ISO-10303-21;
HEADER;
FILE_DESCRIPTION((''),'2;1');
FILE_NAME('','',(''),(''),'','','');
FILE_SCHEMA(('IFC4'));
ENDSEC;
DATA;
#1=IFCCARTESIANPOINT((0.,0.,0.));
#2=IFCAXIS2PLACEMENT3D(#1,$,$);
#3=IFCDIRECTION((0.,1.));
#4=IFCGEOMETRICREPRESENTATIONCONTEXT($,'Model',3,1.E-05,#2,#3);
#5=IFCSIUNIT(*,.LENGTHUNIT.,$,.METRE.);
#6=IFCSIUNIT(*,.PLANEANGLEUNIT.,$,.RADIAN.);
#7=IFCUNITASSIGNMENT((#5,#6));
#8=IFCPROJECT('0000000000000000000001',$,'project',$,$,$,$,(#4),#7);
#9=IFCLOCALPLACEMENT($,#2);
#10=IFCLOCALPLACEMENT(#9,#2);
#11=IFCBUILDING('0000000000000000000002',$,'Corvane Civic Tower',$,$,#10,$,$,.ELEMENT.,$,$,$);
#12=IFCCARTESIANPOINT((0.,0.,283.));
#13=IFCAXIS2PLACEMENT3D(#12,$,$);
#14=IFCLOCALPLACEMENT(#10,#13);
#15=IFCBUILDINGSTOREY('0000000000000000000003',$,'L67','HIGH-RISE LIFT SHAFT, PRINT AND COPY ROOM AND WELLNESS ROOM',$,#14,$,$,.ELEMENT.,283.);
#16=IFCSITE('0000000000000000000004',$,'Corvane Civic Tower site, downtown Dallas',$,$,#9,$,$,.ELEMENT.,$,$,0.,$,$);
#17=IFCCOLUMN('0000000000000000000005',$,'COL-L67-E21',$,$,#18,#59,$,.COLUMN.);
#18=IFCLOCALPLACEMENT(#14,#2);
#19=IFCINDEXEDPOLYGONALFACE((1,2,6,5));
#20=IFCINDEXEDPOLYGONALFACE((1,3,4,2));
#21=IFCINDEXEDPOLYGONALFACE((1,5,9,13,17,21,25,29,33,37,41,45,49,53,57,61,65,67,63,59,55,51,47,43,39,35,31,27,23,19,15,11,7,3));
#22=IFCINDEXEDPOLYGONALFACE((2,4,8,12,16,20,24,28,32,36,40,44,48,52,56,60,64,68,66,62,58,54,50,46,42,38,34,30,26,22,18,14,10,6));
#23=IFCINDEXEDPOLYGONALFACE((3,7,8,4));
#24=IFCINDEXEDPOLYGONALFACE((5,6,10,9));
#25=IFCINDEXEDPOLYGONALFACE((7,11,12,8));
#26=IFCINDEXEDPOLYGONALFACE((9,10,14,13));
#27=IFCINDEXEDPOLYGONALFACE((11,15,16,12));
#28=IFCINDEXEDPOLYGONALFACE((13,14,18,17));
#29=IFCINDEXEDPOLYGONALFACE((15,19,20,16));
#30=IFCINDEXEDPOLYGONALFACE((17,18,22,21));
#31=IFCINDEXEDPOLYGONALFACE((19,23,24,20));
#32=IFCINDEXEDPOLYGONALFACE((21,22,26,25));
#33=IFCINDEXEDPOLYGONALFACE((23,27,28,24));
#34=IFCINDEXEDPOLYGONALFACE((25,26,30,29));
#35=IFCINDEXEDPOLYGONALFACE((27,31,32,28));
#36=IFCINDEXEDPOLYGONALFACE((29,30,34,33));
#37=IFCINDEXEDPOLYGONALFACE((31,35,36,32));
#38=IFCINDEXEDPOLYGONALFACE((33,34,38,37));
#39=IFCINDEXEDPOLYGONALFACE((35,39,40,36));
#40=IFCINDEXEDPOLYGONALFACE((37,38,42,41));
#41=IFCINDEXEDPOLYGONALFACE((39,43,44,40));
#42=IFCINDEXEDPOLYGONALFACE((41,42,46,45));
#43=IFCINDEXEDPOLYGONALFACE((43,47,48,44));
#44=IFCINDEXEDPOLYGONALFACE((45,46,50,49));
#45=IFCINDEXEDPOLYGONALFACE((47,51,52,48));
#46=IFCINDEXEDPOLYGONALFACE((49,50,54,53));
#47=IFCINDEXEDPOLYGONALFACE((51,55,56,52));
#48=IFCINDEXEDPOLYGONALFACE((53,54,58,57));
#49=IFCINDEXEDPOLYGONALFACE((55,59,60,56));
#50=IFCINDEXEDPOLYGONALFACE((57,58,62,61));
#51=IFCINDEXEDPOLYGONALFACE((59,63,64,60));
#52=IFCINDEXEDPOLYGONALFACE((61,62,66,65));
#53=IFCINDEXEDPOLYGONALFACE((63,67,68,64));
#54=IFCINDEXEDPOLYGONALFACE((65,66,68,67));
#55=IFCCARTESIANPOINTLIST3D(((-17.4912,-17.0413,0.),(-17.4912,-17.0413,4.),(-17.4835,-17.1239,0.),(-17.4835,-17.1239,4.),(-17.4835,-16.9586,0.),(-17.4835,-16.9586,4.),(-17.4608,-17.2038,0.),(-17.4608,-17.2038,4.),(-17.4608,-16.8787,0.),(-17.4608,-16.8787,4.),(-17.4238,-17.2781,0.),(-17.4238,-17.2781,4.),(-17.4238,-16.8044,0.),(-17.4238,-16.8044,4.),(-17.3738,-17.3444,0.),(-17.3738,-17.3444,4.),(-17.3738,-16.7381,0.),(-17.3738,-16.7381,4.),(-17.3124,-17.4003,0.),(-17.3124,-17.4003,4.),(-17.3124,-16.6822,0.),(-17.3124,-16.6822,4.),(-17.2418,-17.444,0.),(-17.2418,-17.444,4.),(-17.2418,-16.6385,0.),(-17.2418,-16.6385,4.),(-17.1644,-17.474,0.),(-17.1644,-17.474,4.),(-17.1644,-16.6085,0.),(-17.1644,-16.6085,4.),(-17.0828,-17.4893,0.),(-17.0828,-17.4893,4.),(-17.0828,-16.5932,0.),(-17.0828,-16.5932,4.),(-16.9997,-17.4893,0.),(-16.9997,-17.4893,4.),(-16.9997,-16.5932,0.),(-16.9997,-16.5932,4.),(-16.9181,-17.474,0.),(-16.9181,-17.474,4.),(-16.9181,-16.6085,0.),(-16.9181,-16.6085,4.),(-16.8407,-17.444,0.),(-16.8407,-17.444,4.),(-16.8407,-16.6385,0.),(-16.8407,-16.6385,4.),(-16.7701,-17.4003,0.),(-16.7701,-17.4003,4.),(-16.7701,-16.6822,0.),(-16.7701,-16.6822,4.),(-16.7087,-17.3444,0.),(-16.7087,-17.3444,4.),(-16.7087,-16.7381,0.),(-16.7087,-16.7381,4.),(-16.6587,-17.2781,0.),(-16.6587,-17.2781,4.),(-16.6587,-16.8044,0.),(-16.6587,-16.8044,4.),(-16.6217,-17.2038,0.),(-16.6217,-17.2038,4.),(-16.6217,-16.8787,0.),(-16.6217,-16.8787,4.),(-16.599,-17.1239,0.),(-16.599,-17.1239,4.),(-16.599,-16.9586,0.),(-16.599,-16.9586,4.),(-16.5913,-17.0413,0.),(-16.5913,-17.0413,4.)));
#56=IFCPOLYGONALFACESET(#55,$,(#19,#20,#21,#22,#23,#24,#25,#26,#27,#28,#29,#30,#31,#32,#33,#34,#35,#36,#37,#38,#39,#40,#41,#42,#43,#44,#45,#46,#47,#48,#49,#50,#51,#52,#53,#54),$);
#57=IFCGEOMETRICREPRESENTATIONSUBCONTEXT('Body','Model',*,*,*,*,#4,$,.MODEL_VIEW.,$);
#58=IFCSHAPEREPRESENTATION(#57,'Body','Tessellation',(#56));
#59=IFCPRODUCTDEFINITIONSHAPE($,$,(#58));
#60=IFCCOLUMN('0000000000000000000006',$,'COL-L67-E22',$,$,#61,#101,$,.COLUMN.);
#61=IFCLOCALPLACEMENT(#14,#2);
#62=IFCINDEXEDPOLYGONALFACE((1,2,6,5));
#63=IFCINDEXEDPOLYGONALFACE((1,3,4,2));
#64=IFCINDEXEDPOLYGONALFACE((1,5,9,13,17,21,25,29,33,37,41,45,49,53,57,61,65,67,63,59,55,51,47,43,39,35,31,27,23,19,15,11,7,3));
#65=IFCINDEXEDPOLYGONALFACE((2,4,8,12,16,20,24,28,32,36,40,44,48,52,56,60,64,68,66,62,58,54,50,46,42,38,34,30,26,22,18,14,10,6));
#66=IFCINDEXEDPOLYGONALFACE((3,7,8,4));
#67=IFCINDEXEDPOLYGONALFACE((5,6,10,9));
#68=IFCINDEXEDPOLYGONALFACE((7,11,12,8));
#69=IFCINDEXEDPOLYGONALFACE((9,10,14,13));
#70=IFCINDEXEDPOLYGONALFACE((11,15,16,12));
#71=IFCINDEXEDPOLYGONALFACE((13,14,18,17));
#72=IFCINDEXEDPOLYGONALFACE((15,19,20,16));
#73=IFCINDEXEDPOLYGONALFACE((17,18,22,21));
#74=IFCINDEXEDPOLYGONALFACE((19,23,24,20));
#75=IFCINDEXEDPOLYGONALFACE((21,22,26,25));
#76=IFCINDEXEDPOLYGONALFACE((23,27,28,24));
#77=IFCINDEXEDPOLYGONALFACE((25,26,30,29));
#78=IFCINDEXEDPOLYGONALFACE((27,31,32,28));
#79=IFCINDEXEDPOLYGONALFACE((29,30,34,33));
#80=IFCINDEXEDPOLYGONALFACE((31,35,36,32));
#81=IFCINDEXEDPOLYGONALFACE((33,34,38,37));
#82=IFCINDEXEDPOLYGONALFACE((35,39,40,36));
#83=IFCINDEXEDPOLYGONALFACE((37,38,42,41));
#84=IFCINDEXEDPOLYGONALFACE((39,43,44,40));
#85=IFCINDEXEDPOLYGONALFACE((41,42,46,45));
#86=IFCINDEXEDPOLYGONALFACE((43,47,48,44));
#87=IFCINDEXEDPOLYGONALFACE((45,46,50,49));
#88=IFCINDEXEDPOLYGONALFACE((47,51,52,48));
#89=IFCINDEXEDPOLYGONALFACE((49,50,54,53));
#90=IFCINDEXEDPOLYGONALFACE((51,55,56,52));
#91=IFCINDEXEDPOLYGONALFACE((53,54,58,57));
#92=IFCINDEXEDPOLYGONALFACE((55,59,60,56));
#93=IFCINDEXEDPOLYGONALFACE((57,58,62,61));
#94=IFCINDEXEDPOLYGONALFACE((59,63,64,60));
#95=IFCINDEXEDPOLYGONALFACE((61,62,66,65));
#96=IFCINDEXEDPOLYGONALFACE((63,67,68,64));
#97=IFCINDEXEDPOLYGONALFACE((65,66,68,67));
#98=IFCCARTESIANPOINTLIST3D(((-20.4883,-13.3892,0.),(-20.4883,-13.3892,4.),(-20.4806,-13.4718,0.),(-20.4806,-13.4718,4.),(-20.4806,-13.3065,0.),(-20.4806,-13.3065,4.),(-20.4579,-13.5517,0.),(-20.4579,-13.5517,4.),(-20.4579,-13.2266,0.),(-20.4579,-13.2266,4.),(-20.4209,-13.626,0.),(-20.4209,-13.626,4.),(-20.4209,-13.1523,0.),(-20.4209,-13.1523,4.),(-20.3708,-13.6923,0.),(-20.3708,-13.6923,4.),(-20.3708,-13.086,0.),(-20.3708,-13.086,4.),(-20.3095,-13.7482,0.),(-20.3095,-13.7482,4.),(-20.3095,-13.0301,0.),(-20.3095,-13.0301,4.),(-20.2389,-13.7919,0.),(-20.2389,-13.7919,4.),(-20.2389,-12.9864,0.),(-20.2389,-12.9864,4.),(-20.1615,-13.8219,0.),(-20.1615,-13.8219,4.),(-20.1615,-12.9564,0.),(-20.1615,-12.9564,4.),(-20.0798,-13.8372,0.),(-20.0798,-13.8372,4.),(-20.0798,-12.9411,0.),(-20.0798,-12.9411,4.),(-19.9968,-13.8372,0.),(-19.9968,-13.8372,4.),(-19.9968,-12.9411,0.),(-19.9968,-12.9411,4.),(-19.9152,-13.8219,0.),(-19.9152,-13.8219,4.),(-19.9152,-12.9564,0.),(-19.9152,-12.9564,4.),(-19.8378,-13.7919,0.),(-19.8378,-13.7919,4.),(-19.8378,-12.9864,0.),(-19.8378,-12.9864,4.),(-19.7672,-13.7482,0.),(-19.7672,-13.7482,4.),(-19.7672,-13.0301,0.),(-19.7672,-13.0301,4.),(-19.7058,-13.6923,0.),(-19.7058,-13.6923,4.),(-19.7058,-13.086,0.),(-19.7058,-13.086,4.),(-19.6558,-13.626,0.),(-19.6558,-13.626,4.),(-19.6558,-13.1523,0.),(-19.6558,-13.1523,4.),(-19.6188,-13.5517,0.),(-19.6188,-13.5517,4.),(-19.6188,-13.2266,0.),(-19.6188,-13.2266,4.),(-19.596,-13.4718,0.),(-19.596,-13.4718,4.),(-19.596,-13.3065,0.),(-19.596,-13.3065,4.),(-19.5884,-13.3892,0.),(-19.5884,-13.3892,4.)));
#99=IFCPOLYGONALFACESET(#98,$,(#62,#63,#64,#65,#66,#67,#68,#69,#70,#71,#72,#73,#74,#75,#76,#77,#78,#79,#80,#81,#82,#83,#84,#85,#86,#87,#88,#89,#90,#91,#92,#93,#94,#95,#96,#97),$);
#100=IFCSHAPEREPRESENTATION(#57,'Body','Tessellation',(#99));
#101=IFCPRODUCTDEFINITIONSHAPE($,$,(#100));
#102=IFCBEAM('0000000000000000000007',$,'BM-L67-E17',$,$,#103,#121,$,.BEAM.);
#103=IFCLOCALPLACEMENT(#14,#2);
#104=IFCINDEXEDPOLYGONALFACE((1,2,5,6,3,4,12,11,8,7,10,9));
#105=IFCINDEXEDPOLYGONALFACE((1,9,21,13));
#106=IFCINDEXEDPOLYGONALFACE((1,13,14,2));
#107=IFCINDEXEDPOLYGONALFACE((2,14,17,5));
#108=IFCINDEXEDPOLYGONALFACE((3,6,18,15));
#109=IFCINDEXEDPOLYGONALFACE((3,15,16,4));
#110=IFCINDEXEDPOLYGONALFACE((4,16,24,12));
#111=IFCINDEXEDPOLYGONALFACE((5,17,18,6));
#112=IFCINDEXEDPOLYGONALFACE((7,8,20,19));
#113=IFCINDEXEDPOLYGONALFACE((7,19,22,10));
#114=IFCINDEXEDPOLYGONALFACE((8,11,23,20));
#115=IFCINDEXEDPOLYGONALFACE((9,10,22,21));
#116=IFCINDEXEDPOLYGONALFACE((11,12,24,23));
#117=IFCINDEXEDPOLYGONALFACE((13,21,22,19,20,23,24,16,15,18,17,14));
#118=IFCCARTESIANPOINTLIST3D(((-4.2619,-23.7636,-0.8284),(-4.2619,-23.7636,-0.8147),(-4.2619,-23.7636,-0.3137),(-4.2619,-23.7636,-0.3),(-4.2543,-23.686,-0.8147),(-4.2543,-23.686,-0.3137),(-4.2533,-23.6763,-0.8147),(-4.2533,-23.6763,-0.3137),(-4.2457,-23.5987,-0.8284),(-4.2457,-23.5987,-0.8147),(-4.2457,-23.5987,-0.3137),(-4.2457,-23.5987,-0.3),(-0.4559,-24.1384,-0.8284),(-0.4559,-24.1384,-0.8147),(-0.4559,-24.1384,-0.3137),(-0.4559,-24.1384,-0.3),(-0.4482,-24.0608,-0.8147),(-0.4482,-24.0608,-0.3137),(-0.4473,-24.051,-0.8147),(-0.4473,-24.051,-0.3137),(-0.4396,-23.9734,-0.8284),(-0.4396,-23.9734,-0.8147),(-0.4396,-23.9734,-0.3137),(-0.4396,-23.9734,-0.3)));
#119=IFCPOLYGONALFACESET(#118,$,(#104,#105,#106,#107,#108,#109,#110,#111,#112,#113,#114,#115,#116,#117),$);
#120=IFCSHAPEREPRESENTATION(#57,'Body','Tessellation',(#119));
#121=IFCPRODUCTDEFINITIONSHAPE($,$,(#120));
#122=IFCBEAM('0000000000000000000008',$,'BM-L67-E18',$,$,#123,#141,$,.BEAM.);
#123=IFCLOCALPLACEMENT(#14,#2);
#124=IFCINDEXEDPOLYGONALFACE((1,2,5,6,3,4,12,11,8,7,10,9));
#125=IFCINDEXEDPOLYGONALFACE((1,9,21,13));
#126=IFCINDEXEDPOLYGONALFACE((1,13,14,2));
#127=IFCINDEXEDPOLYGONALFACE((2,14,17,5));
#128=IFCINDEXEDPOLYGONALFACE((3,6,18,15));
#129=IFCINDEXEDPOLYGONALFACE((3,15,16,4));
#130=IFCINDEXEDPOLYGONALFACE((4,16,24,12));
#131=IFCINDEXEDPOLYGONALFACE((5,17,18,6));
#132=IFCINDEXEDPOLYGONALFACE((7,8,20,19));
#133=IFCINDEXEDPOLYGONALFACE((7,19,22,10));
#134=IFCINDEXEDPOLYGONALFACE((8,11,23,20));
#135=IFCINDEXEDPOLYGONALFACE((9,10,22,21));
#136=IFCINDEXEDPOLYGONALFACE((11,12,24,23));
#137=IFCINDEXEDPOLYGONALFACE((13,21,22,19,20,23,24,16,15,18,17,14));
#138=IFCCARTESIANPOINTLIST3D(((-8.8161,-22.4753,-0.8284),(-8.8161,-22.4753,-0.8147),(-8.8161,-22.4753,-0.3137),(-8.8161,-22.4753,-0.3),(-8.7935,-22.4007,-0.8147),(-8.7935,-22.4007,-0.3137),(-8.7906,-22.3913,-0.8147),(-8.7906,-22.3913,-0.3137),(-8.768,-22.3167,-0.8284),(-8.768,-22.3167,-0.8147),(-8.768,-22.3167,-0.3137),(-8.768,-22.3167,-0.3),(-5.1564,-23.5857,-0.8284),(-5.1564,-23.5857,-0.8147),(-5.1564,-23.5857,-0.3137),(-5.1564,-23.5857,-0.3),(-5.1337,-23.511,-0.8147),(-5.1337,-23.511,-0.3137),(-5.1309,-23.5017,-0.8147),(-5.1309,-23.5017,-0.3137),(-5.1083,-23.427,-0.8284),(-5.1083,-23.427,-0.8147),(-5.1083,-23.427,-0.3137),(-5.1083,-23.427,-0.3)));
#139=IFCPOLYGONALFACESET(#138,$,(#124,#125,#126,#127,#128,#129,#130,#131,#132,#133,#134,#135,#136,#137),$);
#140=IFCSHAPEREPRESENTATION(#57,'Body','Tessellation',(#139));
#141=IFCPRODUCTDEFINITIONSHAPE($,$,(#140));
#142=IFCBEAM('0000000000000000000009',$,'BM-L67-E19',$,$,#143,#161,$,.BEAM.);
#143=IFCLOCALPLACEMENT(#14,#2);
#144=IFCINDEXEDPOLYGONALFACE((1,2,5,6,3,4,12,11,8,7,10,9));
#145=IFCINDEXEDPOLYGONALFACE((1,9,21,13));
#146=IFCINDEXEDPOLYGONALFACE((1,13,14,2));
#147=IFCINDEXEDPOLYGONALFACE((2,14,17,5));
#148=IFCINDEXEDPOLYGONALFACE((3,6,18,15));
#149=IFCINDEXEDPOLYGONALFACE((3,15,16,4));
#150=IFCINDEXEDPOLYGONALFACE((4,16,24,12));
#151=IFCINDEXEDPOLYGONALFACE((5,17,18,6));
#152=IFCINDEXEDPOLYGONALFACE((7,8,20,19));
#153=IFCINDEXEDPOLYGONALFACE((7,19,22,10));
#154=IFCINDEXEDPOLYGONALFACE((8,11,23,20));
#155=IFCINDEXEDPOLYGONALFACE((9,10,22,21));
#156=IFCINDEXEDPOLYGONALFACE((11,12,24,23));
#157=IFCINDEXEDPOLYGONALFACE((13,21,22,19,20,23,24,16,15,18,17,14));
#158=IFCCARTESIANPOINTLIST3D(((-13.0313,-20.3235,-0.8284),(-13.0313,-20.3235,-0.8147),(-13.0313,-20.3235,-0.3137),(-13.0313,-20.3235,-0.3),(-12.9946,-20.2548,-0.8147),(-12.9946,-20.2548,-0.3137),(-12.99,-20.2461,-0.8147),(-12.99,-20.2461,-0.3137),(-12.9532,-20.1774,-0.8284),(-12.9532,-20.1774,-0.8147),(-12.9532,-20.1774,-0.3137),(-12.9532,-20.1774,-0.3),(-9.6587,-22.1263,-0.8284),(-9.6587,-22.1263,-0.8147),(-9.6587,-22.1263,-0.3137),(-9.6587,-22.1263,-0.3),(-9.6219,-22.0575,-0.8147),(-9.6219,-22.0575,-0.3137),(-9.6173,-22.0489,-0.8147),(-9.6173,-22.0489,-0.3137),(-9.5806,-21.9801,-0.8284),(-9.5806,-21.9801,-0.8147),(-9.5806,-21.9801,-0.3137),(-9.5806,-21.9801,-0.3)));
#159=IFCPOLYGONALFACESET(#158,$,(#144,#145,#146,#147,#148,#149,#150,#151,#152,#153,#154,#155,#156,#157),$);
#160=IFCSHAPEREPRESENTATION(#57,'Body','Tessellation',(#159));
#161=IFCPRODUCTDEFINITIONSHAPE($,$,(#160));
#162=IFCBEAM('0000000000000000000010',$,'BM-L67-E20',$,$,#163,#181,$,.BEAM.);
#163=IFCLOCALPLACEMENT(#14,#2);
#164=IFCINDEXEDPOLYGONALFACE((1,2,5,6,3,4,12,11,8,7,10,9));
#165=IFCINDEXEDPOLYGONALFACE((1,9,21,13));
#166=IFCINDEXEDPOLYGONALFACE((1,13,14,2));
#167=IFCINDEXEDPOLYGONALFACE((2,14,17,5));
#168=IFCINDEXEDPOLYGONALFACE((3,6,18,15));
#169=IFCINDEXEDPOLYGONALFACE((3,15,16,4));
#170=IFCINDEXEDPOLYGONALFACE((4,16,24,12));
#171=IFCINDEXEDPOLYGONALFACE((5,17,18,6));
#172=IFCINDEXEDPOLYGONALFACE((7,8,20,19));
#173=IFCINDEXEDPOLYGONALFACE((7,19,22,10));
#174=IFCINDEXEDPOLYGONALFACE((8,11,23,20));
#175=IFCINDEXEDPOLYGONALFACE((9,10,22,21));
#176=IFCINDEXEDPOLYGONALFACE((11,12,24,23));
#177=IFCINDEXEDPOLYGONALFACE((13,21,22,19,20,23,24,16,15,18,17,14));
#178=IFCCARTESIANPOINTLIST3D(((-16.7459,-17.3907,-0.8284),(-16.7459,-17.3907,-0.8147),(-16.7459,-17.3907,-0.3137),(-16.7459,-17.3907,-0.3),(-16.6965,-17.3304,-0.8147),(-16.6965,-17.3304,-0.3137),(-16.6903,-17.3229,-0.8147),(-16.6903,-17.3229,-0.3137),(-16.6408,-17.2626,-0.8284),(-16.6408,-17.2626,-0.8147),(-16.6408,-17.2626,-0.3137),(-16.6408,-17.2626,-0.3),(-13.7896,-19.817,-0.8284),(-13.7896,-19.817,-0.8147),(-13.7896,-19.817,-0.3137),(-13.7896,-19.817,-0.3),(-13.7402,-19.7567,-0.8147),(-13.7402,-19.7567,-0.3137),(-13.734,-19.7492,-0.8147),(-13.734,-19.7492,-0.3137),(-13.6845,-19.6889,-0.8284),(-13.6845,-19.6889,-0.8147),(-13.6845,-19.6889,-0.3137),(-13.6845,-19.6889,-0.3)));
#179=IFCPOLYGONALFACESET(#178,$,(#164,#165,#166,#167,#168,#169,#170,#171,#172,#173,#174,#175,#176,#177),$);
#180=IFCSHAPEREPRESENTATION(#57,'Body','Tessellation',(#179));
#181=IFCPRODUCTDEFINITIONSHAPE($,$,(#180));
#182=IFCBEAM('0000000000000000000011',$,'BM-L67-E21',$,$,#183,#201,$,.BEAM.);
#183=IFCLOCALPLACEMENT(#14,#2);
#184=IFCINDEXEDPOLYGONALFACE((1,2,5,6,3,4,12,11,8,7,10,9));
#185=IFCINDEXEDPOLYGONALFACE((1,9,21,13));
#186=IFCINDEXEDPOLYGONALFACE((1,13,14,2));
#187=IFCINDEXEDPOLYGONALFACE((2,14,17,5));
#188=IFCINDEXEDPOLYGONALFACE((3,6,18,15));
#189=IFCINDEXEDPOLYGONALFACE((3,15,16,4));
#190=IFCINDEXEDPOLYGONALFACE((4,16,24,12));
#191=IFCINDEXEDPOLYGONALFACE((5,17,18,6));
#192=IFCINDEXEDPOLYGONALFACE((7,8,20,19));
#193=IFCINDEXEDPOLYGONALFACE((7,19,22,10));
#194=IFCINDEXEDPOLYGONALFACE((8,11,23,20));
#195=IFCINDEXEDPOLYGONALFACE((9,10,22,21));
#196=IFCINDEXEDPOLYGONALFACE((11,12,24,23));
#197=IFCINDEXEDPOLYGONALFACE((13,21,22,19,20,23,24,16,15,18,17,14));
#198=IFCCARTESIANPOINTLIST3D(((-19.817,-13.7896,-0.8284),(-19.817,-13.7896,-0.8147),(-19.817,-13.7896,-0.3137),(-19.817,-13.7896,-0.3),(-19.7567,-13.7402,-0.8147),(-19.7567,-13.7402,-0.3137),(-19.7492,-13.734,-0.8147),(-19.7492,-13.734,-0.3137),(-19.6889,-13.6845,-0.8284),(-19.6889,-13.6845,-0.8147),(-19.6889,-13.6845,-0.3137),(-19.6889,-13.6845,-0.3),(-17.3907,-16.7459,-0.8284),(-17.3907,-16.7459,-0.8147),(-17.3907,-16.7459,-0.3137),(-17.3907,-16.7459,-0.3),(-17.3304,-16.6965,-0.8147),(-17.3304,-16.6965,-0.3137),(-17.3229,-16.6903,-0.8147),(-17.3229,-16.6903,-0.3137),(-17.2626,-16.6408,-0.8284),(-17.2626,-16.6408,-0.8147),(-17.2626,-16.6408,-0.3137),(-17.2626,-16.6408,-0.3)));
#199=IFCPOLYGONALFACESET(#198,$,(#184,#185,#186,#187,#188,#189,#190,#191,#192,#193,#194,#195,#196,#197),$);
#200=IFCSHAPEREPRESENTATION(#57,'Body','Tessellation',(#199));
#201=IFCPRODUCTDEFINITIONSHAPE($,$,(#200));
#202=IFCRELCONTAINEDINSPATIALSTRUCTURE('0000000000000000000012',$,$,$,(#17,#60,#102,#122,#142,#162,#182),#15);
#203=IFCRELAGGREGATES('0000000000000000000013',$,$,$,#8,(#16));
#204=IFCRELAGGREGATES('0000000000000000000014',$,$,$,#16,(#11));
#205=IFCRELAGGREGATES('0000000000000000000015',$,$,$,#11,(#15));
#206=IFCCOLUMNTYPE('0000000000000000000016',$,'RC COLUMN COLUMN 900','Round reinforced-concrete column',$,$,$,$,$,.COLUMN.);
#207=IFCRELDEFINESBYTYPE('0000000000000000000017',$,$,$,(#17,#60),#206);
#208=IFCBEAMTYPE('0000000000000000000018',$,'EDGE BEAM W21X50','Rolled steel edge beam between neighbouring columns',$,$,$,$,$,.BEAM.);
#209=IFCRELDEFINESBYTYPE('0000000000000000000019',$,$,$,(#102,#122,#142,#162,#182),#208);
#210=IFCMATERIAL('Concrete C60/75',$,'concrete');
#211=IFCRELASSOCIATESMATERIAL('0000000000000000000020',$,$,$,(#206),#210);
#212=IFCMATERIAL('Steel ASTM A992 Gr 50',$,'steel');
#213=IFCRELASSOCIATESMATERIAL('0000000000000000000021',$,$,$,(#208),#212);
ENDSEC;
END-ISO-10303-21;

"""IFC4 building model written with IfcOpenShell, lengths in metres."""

from ifc_helpers import new_model, si_unit, direction, frame, origin, origin_2d, place, context, subcontext, project, spatial, circle, i_section, extrude, material, material_profile, profile_set, type_object, element, save


model = new_model("IFC4")

# Units and contexts
model_context = context("Model", 3, precision=1e-05, world=origin(), true_north=direction((0.0, 1.0)))
body_context = subcontext(model_context, "Body", "Model", "MODEL_VIEW")
ifc_project = project(units=[si_unit("LENGTHUNIT", "METRE"), si_unit("PLANEANGLEUNIT", "RADIAN")], contexts=[model_context])

# Site, building, storey
site_placement = place(None, origin())
site = spatial("IfcSite", under=ifc_project, at=site_placement, Name="Corvane Civic Tower site, downtown Dallas", CompositionType="ELEMENT", RefElevation=0.0)
building_placement = place(site_placement, origin())
building = spatial("IfcBuilding", under=site, at=building_placement, Name="Corvane Civic Tower", CompositionType="ELEMENT")
storey_placement = place(building_placement, frame((0.0, 0.0, 283.0)))
storey = spatial("IfcBuildingStorey", under=building, at=storey_placement, Name="L67", Description="HIGH-RISE LIFT SHAFT, PRINT AND COPY ROOM AND WELLNESS ROOM", CompositionType="ELEMENT", Elevation=283.0)

# Columns
ifc_material_1 = material(Name="Concrete C60/75", Category="concrete")
ifc_material_profile_1 = material_profile(ifc_material_1, circle(Radius=0.45, at=origin_2d()), Name="COLUMN 900")
ifc_profile_set_1 = profile_set([ifc_material_profile_1], Name="Concrete C60/75")
column_type = type_object("IfcColumnType", Name="RC COLUMN COLUMN 900", Description="Round reinforced-concrete column", PredefinedType="COLUMN", material=ifc_profile_set_1)
for number, where, z_axis, x_axis, name in (
    (1, (-17.0413, -17.0413, 0.0), (0.0, 0.0, 1.0), (1.0, 0.0, 0.0), "COL-L67-E21"),
    (2, (-20.0383, -13.3892, 0.0), (0.0, 0.0, 1.0), (1.0, 0.0, 0.0), "COL-L67-E22"),
):
    element("IfcColumn", number, at=place(storey_placement, frame(where, z_axis=z_axis, x_axis=x_axis)), inside=storey, type_object=column_type, Name=name, PredefinedType="COLUMN", context=body_context, shape_type="SweptSolid", body=[
        extrude(circle(Radius=0.45, at=origin_2d()), origin(), (0.0, 0.0, 1.0), 4.0),
    ])

# Beams
ifc_material_2 = material(Name="Steel ASTM A992 Gr 50", Category="steel")
ifc_material_profile_2 = material_profile(ifc_material_2, i_section(OverallWidth=0.1658, OverallDepth=0.5283, WebThickness=0.0098, FlangeThickness=0.0137, at=origin_2d()), Name="W21X50")
ifc_profile_set_2 = profile_set([ifc_material_profile_2], Name="Steel ASTM A992 Gr 50")
beam_type_1 = type_object("IfcBeamType", Name="EDGE BEAM W21X50", Description="Rolled steel edge beam between neighbouring columns", PredefinedType="BEAM", material=ifc_profile_set_2)
for number, where, z_axis, x_axis, name in (
    (3, (-0.4478, -24.0559, -0.5642), (-0.995188, 0.097987, 0.0), (-0.097987, -0.995188, 0.0), "BM-L67-E17"),
    (4, (-5.1323, -23.5063, -0.5642), (-0.956926, 0.290333, 0.0), (-0.290333, -0.956926, 0.0), "BM-L67-E18"),
):
    element("IfcBeam", number, at=place(storey_placement, frame(where, z_axis=z_axis, x_axis=x_axis)), inside=storey, type_object=beam_type_1, Name=name, PredefinedType="BEAM", context=body_context, shape_type="SweptSolid", body=[
        extrude(i_section(OverallWidth=0.1658, OverallDepth=0.5283, WebThickness=0.0098, FlangeThickness=0.0137, at=origin_2d()), origin(), (0.0, 0.0, 1.0), 3.8245),
    ])
beam_1_placement = place(storey_placement, frame((-9.6196, -22.0532, -0.5642), z_axis=(-0.881914, 0.47141, 0.0), x_axis=(-0.47141, -0.881914, 0.0)))
element("IfcBeam", 5, at=beam_1_placement, inside=storey, type_object=beam_type_1, Name="BM-L67-E19", PredefinedType="BEAM", context=body_context, shape_type="SweptSolid", body=[
    extrude(i_section(OverallWidth=0.1658, OverallDepth=0.5283, WebThickness=0.0098, FlangeThickness=0.0137, at=origin_2d()), origin(), (0.0, 0.0, 1.0), 3.8242),
])
for number, where, z_axis, x_axis, name in (
    (6, (-13.7371, -19.7529, -0.5642), (-0.772998, 0.634409, 0.0), (-0.634409, -0.772998, 0.0), "BM-L67-E20"),
    (7, (-17.3267, -16.6934, -0.5642), (-0.634409, 0.772998, 0.0), (-0.772998, -0.634409, 0.0), "BM-L67-E21"),
):
    element("IfcBeam", number, at=place(storey_placement, frame(where, z_axis=z_axis, x_axis=x_axis)), inside=storey, type_object=beam_type_1, Name=name, PredefinedType="BEAM", context=body_context, shape_type="SweptSolid", body=[
        extrude(i_section(OverallWidth=0.1658, OverallDepth=0.5283, WebThickness=0.0098, FlangeThickness=0.0137, at=origin_2d()), origin(), (0.0, 0.0, 1.0), 3.8245),
    ])

save(model, "model.ifc")
